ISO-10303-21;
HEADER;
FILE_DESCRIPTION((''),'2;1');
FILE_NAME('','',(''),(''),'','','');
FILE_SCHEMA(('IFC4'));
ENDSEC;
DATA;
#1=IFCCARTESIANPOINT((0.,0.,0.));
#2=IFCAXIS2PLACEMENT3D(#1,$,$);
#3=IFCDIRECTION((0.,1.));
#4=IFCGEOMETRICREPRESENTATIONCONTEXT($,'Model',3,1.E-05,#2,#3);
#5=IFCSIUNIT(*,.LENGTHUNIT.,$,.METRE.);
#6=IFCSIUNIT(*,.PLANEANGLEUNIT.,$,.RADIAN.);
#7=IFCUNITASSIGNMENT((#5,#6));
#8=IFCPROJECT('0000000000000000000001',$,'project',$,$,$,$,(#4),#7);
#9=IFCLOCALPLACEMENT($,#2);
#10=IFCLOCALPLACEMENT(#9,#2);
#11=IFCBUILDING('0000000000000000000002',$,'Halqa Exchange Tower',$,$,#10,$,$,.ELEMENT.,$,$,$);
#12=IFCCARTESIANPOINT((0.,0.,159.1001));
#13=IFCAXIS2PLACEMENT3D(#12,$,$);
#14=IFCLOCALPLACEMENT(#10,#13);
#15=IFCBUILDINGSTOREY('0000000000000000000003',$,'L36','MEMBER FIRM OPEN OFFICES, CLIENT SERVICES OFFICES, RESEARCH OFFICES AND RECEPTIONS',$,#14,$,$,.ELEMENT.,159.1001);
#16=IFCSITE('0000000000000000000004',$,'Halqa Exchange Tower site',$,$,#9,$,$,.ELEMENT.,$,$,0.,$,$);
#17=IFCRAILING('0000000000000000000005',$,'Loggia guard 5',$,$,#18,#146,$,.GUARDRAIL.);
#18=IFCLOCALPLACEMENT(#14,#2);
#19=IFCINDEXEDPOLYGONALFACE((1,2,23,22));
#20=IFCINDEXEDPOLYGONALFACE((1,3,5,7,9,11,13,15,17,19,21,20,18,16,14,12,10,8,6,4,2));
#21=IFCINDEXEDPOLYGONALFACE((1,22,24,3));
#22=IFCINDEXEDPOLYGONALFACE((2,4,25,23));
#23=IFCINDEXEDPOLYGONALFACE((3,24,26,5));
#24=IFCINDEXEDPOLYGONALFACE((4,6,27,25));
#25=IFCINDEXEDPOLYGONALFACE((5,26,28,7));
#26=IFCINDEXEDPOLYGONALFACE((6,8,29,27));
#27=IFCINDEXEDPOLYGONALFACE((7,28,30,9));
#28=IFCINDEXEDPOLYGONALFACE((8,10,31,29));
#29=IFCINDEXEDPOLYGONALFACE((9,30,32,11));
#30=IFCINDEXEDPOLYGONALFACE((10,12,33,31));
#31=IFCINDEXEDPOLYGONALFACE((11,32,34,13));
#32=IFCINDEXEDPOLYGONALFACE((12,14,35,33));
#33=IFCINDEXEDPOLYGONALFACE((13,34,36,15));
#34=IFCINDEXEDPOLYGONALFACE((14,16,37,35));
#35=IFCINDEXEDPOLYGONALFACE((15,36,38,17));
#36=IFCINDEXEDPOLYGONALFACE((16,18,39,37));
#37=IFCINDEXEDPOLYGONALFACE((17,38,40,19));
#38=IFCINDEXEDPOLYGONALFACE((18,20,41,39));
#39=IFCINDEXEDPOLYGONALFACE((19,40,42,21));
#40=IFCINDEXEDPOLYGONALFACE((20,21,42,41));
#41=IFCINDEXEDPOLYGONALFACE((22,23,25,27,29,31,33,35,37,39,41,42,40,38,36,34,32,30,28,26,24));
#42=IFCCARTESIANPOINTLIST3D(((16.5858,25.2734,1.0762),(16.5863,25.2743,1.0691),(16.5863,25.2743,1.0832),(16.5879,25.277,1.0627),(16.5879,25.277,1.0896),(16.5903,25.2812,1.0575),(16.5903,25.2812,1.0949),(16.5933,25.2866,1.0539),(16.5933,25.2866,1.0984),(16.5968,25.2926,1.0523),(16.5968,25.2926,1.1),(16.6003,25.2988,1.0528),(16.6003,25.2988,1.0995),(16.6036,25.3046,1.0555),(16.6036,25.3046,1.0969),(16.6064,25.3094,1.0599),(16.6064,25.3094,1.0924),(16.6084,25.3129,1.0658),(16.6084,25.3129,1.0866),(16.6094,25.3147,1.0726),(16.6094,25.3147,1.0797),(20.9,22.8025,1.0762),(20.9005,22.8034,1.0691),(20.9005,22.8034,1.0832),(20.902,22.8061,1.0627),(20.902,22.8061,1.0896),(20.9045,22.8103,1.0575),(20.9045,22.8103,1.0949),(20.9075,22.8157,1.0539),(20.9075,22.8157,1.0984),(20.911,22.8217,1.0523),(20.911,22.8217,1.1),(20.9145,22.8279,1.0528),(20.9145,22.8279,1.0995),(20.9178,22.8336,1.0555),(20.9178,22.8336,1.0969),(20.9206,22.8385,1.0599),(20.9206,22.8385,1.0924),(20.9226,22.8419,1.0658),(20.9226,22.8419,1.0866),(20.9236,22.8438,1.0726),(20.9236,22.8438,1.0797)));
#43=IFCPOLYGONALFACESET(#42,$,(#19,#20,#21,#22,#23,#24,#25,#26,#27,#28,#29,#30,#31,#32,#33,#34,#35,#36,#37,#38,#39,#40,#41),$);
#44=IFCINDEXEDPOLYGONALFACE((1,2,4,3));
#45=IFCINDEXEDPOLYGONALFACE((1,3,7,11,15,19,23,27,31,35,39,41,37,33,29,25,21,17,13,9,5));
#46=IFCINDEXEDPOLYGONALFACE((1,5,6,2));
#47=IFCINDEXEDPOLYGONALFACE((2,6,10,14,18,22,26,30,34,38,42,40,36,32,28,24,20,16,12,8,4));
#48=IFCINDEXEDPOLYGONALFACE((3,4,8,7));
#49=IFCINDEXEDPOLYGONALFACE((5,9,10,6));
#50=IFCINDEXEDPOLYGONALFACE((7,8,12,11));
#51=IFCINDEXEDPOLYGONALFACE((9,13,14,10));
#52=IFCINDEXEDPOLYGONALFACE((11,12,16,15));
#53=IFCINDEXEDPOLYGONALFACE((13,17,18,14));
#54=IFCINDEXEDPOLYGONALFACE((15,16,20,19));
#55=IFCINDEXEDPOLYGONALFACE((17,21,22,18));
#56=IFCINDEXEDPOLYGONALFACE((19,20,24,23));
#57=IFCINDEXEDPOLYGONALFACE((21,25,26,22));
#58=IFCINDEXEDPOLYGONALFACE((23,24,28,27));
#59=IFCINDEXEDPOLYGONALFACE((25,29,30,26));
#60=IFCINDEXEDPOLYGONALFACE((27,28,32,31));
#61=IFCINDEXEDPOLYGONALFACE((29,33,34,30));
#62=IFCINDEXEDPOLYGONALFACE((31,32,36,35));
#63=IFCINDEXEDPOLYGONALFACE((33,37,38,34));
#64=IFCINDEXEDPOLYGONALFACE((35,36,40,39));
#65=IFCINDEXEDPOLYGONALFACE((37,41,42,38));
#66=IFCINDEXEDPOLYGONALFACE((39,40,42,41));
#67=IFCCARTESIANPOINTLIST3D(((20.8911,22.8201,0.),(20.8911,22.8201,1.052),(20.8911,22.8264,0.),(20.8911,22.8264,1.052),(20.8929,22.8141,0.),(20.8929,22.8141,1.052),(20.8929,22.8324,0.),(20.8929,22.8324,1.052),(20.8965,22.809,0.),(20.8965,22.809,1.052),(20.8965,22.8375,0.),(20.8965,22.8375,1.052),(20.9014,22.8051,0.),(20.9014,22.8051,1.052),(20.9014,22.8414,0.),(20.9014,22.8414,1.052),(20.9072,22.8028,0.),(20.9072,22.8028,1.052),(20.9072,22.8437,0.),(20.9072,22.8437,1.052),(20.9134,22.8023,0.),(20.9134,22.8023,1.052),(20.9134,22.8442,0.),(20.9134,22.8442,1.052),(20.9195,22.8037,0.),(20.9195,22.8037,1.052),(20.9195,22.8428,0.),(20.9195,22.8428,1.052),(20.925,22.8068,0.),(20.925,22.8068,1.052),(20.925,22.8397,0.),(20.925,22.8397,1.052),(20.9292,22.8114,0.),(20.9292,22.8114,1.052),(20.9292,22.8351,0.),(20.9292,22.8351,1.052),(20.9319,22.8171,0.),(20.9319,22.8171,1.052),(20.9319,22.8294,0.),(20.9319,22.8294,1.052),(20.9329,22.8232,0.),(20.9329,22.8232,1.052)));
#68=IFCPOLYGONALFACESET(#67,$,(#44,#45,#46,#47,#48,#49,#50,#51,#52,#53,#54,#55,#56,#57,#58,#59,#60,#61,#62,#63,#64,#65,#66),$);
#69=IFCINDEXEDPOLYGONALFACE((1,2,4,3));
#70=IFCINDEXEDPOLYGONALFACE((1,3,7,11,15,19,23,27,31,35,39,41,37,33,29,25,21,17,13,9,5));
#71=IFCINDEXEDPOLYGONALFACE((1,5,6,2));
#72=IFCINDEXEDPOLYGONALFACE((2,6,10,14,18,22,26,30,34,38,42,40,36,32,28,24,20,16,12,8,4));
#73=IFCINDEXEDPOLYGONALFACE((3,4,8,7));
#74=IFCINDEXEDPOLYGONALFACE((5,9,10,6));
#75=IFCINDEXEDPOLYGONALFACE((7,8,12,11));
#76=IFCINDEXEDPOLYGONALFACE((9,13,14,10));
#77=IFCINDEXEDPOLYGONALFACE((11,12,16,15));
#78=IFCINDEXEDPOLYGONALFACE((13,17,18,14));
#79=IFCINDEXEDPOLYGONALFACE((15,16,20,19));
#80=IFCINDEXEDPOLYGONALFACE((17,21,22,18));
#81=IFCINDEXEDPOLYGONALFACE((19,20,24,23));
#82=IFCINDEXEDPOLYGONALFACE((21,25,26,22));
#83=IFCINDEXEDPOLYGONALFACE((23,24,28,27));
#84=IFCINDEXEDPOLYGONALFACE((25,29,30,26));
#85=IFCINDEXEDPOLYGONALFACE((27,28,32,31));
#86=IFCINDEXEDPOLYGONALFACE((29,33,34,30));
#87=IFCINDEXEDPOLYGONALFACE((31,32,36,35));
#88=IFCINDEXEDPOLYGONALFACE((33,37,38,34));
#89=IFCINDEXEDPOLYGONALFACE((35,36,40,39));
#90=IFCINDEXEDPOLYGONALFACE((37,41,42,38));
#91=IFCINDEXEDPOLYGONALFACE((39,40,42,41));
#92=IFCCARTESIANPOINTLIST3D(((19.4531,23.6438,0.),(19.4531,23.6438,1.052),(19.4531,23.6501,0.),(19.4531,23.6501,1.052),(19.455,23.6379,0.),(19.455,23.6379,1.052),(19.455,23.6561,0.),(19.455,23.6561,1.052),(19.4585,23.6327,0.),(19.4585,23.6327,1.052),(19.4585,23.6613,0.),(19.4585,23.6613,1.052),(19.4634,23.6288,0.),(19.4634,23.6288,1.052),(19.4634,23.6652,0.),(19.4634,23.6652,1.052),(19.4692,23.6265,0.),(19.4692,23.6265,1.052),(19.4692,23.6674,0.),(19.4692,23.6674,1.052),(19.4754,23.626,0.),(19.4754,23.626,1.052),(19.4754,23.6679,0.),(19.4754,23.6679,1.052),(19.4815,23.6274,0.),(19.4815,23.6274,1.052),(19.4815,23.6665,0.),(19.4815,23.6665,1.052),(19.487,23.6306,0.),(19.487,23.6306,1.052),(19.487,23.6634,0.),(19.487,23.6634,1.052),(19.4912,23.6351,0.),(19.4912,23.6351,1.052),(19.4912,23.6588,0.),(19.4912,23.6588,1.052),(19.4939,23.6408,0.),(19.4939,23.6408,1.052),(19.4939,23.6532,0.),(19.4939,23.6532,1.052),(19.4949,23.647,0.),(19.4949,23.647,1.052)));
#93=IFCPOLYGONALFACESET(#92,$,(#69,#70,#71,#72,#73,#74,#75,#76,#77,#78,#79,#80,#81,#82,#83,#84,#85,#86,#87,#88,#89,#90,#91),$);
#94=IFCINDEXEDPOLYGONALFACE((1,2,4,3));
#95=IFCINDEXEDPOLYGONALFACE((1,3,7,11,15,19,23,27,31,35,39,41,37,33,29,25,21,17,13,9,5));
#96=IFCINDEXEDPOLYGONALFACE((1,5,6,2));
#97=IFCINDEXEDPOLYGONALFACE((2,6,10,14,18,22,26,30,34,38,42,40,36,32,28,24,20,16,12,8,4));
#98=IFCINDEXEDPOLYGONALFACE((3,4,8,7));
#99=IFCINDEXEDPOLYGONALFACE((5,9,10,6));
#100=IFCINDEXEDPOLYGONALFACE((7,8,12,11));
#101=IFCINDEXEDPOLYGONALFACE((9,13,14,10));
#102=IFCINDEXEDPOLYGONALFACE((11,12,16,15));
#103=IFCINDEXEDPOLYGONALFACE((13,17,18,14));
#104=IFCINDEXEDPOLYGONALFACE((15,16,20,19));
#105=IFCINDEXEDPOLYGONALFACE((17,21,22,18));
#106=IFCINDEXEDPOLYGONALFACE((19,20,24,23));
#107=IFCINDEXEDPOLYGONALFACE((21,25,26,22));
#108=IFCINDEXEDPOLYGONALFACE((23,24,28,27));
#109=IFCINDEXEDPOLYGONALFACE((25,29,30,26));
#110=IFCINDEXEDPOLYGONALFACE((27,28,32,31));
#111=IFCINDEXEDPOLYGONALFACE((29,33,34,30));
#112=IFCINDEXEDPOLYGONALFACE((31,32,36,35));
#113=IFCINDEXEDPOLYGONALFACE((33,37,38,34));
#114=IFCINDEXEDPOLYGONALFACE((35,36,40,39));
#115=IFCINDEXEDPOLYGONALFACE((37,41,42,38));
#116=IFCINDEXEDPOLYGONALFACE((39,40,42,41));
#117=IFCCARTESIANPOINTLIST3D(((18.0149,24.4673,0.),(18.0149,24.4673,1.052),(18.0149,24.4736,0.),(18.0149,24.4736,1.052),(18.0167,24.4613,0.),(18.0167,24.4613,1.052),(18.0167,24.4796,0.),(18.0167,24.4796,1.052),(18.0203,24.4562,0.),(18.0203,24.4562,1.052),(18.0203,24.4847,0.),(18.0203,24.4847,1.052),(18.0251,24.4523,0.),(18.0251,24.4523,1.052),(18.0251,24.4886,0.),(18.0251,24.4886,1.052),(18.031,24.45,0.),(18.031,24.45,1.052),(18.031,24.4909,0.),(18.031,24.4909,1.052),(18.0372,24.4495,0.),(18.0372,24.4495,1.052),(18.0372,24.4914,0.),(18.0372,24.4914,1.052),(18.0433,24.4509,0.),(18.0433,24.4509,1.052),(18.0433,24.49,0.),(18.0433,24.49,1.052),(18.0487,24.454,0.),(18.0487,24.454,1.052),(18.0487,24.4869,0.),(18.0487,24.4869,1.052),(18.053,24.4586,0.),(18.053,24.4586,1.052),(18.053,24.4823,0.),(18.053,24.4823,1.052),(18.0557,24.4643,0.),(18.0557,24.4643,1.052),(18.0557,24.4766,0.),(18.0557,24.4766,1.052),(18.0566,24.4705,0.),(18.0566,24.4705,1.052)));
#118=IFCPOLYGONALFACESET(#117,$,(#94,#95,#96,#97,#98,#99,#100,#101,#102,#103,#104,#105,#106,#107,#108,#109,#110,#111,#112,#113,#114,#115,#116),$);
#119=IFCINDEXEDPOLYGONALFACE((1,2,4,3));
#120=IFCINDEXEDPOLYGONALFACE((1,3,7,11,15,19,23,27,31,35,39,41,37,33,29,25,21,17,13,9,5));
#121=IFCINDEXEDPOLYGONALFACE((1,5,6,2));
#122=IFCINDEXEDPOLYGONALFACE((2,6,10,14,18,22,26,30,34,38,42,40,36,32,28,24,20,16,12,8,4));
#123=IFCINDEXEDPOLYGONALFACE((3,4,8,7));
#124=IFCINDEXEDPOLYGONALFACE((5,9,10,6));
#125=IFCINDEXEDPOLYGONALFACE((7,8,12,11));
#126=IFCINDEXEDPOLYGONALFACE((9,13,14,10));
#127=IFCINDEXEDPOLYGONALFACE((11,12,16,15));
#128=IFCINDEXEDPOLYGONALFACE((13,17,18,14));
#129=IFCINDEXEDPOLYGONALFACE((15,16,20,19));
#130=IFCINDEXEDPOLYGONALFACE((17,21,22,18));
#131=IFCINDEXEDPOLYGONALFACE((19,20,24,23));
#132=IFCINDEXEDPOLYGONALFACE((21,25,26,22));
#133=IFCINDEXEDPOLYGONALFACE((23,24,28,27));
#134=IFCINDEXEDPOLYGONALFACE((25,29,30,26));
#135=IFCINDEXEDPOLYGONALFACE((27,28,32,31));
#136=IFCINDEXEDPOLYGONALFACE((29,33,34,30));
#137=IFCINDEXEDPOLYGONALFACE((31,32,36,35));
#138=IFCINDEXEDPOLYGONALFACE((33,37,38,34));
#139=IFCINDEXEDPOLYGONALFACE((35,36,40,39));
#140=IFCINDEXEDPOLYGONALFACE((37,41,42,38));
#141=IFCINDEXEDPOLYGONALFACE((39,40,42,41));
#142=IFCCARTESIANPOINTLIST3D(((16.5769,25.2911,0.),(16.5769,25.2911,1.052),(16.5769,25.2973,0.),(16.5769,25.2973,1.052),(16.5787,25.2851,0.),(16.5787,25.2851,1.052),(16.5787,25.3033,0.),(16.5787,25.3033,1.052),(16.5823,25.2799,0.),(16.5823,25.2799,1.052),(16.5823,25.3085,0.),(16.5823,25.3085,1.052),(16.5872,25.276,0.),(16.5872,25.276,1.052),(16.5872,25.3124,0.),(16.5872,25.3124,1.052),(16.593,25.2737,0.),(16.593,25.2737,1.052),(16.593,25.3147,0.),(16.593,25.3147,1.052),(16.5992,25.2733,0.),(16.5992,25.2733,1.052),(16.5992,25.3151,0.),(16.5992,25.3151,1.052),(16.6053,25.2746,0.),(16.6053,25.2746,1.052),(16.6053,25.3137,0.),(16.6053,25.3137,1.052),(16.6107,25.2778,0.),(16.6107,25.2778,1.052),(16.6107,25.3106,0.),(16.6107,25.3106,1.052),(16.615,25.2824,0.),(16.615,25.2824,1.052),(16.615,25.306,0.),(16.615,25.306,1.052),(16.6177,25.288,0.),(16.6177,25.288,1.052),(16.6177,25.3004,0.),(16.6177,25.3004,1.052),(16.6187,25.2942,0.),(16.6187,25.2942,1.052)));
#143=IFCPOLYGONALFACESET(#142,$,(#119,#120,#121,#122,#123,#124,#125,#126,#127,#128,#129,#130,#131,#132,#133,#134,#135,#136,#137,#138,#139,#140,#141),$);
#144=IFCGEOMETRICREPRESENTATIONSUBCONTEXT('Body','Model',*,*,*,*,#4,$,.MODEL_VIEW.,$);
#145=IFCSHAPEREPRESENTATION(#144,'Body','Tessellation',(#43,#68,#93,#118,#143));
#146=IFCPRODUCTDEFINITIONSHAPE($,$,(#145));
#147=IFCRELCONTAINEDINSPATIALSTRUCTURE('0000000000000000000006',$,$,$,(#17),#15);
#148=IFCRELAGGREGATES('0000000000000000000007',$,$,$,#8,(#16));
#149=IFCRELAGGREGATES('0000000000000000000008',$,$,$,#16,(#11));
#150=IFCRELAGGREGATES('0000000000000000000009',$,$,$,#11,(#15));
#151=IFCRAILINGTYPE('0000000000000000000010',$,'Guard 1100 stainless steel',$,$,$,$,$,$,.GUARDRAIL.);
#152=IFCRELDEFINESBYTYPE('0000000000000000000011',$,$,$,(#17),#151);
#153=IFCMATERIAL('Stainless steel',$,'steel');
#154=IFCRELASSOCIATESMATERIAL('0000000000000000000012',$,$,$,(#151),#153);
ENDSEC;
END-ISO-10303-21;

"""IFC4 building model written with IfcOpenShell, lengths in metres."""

from ifc_helpers import new_model, si_unit, direction, frame, origin, origin_2d, place, context, subcontext, project, spatial, circle, extrude, material, type_object, element, save


model = new_model("IFC4")

# Units and contexts
model_context = context("Model", 3, precision=1e-05, world=origin(), true_north=direction((0.0, 1.0)))
body_context = subcontext(model_context, "Body", "Model", "MODEL_VIEW")
ifc_project = project(units=[si_unit("LENGTHUNIT", "METRE"), si_unit("PLANEANGLEUNIT", "RADIAN")], contexts=[model_context])

# Site, building, storey
site_placement = place(None, origin())
site = spatial("IfcSite", under=ifc_project, at=site_placement, Name="Halqa Exchange Tower site", CompositionType="ELEMENT", RefElevation=0.0)
building_placement = place(site_placement, origin())
building = spatial("IfcBuilding", under=site, at=building_placement, Name="Halqa Exchange Tower", CompositionType="ELEMENT")
storey_placement = place(building_placement, frame((0.0, 0.0, 159.1001)))
storey = spatial("IfcBuildingStorey", under=building, at=storey_placement, Name="L36", Description="MEMBER FIRM OPEN OFFICES, CLIENT SERVICES OFFICES, RESEARCH OFFICES AND RECEPTIONS", CompositionType="ELEMENT", Elevation=159.1001)

# Railing
ifc_material_1 = material(Name="Stainless steel", Category="steel")
railing_type = type_object("IfcRailingType", Name="Guard 1100 stainless steel", PredefinedType="GUARDRAIL", material=ifc_material_1)
railing_1_placement = place(storey_placement, frame((20.9119, 22.8232, 0.0)))
element("IfcRailing", 1, at=railing_1_placement, inside=storey, type_object=railing_type, Name="Loggia guard 5", PredefinedType="GUARDRAIL", context=body_context, shape_type="SweptSolid", body=[
    extrude(circle(Radius=0.0239, at=origin_2d()), frame((0.0, 0.0, 1.0762), z_axis=(-0.86775, 0.497001, 0.0), x_axis=(-0.497001, -0.86775, 0.0)), (0.0, 0.0, 1.0), 4.9717),
    extrude(circle(Radius=0.021, at=origin_2d()), origin(), (0.0, 0.0, 1.0), 1.052),
    extrude(circle(Radius=0.021, at=origin_2d()), frame((-1.438, 0.8237, 0.0)), (0.0, 0.0, 1.0), 1.052),
    extrude(circle(Radius=0.021, at=origin_2d()), frame((-2.8762, 1.6472, 0.0)), (0.0, 0.0, 1.0), 1.052),
    extrude(circle(Radius=0.021, at=origin_2d()), frame((-4.3142, 2.4709, 0.0)), (0.0, 0.0, 1.0), 1.052),
])

save(model, "model.ifc")
